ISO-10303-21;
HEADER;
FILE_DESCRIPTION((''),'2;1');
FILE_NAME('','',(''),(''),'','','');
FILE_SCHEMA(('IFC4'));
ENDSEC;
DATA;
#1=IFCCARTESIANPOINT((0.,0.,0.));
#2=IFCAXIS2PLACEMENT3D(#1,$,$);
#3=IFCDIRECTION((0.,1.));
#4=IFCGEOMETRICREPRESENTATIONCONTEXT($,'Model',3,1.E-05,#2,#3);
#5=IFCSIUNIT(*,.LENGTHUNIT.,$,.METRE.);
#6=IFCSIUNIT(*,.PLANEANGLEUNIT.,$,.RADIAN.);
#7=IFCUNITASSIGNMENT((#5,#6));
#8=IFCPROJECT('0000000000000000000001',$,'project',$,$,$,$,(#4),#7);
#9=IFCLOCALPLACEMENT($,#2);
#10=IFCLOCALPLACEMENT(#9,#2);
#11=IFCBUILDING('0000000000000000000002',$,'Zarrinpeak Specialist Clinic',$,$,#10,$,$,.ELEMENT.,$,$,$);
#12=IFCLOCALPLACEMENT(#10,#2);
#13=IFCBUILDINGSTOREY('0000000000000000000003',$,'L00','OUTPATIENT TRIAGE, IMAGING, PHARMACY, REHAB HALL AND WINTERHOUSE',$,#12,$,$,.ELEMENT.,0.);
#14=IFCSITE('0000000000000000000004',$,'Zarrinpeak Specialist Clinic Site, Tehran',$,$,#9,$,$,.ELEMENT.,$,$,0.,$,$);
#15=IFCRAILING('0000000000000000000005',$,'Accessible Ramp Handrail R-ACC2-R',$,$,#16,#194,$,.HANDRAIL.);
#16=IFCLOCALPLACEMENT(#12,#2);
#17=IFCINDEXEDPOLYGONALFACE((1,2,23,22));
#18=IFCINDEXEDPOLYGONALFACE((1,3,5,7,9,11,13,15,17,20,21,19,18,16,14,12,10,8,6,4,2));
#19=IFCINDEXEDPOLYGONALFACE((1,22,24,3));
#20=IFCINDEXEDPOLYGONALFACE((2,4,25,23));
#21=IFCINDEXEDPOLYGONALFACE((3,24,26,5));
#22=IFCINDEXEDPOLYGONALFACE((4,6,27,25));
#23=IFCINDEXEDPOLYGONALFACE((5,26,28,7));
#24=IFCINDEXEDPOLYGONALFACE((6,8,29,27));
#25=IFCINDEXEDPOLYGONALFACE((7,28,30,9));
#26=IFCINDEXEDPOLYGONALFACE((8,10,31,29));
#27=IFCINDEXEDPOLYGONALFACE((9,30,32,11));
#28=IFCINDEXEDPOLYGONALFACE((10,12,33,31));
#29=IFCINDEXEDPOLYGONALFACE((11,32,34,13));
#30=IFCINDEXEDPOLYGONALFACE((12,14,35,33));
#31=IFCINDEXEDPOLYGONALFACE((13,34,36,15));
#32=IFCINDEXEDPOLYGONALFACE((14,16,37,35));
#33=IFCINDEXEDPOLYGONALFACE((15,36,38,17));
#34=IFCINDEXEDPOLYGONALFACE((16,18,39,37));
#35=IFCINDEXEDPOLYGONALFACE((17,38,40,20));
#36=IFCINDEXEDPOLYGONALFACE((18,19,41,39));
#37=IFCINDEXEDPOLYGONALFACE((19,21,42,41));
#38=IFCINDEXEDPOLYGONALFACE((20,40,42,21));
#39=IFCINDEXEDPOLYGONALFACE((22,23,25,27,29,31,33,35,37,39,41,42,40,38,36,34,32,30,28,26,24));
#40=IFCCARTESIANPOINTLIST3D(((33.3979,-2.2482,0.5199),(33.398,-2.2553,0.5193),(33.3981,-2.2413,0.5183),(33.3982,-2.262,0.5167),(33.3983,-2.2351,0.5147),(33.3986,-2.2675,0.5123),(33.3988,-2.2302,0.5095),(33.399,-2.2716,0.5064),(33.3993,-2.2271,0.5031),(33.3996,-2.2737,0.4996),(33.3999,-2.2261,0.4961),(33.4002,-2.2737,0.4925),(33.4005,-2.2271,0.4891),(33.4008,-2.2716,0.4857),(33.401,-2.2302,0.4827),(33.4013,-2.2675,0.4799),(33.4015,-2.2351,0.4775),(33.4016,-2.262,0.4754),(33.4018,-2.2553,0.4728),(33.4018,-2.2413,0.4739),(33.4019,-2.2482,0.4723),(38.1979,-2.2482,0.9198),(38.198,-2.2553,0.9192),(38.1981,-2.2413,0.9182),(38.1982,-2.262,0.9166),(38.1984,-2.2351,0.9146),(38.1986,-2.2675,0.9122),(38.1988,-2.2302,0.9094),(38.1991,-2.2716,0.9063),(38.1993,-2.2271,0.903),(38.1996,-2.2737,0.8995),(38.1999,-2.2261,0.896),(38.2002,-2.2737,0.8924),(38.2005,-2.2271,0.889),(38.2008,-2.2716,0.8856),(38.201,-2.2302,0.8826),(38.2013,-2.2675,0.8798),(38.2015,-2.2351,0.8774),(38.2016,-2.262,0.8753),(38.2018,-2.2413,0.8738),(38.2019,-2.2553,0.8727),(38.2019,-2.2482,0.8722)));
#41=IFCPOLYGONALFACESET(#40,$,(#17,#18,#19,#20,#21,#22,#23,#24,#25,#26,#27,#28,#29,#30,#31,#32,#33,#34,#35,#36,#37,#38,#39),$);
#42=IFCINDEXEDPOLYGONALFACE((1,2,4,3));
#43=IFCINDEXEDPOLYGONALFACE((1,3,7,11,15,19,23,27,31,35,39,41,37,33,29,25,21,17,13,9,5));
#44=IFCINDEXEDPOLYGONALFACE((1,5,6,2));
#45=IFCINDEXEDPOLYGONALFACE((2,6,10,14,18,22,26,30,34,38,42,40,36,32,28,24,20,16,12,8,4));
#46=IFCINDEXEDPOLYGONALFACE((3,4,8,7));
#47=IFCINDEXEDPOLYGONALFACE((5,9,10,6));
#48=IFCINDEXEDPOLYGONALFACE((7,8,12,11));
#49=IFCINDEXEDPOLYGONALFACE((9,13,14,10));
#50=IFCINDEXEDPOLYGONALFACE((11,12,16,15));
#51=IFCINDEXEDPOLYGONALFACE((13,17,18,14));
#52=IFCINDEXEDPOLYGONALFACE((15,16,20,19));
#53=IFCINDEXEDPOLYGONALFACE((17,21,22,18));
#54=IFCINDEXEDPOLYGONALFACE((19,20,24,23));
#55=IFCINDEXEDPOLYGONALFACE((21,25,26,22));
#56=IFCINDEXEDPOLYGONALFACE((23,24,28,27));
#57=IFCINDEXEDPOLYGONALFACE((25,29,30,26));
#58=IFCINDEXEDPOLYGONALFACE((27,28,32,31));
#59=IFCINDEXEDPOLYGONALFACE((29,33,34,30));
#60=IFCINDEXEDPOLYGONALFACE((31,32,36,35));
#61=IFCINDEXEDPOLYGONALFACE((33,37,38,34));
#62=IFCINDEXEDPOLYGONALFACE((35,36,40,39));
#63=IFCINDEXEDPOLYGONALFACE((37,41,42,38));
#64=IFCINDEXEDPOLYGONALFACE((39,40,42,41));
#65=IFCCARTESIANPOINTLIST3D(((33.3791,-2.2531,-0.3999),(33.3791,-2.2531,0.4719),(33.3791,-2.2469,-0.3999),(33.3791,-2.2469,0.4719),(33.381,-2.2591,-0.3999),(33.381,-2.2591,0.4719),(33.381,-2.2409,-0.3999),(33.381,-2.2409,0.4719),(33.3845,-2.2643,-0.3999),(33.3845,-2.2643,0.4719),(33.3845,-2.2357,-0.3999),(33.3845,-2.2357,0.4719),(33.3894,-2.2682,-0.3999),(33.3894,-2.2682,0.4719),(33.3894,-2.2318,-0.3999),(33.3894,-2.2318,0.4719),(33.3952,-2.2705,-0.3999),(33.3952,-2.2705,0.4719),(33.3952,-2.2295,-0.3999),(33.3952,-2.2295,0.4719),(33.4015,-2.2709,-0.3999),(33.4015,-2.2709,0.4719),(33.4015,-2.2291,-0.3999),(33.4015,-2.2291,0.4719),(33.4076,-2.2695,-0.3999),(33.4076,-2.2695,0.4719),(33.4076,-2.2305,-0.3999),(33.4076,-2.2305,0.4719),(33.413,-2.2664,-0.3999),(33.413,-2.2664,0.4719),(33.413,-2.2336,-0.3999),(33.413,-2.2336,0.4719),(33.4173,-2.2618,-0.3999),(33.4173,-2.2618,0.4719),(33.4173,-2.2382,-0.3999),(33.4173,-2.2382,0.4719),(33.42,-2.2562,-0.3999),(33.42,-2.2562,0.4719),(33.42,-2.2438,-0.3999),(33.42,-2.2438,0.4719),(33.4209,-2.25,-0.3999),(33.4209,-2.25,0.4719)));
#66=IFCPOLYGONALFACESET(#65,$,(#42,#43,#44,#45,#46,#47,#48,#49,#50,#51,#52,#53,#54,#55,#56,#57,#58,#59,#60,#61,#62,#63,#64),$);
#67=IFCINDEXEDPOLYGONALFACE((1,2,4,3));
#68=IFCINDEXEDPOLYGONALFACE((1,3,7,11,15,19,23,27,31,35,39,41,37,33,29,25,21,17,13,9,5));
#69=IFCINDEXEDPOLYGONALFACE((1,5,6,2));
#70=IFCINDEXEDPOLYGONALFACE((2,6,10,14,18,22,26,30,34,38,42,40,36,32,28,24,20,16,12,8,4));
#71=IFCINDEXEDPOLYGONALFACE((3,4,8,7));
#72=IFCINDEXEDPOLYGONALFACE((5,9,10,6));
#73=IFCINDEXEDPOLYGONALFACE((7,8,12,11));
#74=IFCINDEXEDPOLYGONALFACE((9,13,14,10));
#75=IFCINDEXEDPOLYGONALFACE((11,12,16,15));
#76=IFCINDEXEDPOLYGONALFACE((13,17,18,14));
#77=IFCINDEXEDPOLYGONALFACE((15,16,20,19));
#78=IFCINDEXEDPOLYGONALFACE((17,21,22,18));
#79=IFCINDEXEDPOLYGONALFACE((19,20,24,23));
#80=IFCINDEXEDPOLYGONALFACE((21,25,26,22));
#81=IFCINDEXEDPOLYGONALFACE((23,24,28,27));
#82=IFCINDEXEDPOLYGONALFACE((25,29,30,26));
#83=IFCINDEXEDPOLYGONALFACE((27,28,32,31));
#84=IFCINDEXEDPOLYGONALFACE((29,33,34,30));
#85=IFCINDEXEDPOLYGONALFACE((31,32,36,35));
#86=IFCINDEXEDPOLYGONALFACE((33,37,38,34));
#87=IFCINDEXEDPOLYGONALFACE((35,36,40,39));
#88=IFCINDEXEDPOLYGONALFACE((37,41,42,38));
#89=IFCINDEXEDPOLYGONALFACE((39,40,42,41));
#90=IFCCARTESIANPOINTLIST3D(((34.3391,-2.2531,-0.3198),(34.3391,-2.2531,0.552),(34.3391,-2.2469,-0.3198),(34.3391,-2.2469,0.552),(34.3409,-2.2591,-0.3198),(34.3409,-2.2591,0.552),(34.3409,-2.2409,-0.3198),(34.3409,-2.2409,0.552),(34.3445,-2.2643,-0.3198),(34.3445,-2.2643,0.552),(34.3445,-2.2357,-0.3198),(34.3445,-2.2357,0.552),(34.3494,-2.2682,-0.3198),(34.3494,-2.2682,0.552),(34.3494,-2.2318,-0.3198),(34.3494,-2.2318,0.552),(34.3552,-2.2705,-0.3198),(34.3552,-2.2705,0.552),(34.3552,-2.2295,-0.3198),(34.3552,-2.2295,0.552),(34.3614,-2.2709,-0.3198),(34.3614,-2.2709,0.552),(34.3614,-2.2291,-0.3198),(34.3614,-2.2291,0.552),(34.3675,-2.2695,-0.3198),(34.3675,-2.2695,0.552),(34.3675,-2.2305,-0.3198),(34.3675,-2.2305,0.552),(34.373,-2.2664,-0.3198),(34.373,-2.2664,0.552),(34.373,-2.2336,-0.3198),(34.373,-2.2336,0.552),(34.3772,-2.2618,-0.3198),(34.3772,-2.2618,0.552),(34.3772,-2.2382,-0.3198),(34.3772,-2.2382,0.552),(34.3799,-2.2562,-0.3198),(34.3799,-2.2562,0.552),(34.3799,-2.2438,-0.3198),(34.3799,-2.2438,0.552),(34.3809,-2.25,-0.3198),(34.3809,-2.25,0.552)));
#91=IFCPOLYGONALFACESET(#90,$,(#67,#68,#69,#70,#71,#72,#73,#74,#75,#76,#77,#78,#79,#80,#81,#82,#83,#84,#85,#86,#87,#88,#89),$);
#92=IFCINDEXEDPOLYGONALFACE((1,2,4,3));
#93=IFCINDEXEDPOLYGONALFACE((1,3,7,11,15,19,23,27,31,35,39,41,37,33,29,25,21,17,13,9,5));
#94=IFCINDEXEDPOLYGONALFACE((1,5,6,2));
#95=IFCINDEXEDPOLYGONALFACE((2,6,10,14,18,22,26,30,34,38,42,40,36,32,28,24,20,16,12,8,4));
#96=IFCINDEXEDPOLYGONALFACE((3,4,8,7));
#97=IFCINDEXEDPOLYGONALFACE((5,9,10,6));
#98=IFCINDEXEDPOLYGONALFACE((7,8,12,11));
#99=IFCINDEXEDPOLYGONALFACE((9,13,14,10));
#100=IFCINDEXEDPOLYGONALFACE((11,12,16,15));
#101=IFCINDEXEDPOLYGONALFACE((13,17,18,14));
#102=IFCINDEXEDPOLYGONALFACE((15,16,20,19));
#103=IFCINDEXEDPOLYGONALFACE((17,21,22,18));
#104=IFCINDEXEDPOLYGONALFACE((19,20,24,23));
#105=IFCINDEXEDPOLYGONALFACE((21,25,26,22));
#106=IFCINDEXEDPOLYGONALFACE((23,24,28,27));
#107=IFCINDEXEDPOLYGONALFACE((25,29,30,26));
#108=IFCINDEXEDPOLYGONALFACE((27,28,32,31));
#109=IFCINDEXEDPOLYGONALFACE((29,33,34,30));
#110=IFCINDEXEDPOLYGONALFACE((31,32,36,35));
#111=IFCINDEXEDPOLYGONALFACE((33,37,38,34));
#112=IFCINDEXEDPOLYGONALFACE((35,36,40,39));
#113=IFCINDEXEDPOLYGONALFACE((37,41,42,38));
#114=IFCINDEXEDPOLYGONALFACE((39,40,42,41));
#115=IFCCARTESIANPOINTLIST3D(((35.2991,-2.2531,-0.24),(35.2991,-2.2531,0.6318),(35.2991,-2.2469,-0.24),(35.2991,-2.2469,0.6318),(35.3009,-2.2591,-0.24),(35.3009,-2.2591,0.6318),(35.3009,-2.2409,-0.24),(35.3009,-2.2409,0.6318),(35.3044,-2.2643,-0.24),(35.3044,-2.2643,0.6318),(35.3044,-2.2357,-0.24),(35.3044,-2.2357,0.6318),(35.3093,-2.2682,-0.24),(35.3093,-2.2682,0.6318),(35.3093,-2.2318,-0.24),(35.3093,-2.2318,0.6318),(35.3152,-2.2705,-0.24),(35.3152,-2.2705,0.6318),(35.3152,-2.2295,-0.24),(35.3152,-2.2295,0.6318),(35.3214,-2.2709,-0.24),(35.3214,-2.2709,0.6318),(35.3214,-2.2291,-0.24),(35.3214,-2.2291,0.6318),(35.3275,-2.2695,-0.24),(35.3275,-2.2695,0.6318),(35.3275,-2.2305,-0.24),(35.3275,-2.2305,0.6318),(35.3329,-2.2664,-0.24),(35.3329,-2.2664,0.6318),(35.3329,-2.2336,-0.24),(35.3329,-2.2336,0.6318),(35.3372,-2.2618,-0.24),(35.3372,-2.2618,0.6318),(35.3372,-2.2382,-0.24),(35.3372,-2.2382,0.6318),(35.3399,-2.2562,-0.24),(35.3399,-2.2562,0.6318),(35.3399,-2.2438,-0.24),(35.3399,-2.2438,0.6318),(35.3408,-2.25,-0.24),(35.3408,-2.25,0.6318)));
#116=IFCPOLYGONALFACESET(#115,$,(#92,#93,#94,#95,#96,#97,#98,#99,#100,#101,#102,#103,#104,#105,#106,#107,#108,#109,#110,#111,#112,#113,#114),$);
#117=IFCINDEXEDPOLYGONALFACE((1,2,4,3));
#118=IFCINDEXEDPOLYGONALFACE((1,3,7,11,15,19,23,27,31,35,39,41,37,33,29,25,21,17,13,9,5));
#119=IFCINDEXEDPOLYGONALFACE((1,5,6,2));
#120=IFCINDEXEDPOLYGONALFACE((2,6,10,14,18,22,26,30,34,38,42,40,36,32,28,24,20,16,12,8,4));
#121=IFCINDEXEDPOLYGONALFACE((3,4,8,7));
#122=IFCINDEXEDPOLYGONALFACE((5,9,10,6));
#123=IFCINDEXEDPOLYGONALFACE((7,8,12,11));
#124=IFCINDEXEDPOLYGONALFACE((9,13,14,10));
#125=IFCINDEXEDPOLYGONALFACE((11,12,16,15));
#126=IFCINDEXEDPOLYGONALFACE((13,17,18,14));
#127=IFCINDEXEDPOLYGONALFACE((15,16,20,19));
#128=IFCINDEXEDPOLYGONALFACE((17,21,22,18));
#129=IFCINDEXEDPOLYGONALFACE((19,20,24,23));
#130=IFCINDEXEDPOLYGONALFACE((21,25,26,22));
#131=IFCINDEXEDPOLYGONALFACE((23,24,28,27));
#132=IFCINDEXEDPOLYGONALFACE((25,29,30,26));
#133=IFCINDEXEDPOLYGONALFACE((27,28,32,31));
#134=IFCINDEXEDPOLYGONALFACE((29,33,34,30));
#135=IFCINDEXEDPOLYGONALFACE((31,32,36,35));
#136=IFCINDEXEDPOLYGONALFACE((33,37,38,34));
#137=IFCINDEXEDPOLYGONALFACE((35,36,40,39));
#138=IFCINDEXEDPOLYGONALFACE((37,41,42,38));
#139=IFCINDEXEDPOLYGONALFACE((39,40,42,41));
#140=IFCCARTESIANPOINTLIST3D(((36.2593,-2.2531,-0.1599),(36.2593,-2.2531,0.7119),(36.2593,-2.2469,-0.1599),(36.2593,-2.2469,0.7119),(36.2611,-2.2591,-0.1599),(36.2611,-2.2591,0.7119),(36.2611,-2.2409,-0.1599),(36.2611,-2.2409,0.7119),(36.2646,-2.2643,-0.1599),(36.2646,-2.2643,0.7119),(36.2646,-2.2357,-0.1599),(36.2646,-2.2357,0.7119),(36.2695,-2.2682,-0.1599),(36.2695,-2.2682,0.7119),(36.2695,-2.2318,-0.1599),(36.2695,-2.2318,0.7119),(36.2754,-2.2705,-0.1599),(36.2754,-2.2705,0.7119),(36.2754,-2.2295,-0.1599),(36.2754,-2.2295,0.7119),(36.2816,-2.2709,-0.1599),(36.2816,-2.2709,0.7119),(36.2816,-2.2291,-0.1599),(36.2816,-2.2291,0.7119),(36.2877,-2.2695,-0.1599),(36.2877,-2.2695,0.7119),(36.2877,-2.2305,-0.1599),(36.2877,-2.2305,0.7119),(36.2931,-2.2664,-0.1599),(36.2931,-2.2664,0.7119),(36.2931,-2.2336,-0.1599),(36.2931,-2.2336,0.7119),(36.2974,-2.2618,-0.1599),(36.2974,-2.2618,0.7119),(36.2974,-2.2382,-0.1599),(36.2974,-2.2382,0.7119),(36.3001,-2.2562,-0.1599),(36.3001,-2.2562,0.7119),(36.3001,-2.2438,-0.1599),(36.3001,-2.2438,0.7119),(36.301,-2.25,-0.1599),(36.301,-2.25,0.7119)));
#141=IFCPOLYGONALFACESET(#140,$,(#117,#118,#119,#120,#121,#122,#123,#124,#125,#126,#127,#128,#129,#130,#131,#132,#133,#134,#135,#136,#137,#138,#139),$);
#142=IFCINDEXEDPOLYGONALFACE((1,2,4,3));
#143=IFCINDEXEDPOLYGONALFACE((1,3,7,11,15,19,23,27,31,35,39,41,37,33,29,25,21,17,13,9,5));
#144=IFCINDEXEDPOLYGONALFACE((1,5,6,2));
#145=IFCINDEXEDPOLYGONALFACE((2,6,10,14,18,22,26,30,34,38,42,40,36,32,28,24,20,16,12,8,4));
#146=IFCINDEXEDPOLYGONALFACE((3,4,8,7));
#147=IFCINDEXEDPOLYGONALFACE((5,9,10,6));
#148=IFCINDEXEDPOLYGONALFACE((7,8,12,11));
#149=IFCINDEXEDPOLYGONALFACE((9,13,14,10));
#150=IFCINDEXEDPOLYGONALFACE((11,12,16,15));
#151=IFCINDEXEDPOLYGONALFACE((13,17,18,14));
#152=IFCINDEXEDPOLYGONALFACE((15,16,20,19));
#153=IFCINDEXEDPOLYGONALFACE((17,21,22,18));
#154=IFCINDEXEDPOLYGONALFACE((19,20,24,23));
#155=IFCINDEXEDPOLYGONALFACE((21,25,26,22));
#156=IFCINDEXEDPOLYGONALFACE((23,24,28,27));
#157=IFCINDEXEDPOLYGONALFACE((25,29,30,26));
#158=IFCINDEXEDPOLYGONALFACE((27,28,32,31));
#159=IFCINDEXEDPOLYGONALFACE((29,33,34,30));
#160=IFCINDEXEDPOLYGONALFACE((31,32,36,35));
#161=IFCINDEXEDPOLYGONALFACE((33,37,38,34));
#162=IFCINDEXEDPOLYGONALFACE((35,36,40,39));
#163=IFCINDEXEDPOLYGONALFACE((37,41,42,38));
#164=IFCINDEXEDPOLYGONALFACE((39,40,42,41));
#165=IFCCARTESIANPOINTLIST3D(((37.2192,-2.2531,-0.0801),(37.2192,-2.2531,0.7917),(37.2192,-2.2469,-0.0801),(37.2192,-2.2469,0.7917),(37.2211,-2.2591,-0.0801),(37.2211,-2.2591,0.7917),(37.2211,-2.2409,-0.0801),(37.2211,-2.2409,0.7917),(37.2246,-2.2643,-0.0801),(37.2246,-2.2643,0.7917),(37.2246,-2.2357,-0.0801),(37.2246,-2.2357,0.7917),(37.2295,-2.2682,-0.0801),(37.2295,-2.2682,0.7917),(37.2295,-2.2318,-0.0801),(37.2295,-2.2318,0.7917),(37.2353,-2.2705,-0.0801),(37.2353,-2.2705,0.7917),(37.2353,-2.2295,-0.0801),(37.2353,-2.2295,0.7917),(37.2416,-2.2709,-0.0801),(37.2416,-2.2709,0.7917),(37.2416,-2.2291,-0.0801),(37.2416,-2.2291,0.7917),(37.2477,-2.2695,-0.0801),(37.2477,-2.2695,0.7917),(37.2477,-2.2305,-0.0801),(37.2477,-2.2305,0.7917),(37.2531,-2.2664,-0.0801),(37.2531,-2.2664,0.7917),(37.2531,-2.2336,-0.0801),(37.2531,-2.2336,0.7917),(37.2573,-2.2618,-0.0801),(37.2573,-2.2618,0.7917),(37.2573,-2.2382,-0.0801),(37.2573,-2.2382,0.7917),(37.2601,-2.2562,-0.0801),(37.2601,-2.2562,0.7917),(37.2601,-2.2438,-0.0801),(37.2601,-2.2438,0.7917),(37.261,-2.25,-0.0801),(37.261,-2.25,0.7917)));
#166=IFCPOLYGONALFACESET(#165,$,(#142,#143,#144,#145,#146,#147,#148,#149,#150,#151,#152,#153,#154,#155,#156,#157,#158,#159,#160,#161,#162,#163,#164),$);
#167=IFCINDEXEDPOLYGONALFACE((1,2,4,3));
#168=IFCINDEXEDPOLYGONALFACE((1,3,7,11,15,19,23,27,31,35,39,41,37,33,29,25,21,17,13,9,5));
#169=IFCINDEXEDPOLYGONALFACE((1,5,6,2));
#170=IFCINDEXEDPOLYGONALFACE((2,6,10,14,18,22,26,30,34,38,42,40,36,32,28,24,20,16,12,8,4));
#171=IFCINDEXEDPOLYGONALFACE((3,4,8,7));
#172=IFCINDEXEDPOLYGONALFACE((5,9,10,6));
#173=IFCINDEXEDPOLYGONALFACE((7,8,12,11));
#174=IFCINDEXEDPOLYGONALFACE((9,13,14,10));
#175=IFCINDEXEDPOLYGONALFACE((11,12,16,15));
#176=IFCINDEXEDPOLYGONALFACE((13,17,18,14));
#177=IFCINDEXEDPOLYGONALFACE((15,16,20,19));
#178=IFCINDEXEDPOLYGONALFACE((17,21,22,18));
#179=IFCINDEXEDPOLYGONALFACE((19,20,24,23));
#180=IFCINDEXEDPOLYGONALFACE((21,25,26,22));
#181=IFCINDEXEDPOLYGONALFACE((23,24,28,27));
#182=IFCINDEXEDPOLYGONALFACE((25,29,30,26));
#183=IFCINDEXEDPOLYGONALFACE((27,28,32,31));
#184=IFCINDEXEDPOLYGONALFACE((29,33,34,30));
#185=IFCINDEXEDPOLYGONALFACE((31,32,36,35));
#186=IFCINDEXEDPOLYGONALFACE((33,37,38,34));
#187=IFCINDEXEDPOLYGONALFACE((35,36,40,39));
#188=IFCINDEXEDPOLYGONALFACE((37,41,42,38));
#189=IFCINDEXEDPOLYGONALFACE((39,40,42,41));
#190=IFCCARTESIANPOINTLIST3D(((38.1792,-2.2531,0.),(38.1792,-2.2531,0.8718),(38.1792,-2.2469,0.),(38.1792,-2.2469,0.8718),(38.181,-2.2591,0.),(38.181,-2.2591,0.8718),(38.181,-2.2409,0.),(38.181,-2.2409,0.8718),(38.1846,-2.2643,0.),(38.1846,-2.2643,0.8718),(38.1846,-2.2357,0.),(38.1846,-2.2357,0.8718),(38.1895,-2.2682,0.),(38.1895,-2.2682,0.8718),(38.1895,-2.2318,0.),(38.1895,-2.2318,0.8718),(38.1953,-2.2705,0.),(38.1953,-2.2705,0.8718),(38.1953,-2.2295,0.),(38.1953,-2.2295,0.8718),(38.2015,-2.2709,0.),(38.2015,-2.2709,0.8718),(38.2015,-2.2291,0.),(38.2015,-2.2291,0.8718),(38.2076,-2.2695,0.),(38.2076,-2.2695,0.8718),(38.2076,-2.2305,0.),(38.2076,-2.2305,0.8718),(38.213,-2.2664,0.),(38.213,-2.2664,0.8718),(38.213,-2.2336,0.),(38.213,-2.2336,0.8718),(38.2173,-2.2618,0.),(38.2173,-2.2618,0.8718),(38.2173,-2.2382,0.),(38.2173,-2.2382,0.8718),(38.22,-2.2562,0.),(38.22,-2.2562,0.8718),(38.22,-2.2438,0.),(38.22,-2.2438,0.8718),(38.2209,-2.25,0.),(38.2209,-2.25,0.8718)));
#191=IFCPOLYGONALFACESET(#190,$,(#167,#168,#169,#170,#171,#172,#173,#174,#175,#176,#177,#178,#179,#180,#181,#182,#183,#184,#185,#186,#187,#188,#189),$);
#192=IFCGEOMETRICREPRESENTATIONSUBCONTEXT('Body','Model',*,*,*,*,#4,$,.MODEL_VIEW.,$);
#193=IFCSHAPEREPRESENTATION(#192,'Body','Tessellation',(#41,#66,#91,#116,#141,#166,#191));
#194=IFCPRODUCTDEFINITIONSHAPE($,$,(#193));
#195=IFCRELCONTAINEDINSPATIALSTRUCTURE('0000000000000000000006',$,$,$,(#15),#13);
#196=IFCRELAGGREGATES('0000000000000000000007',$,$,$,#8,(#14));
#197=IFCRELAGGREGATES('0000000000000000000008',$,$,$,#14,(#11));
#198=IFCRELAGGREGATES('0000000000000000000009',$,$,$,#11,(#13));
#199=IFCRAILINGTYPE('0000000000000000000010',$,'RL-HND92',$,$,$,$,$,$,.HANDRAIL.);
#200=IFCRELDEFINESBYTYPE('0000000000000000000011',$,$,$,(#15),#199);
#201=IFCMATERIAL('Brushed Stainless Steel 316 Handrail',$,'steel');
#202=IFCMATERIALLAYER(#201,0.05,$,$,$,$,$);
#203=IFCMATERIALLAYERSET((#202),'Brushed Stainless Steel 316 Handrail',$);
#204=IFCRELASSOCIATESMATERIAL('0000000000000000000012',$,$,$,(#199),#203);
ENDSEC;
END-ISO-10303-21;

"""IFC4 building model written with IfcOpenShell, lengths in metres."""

from ifc_helpers import new_model, si_unit, direction, frame, origin, origin_2d, place, context, subcontext, project, spatial, circle, extrude, material, layer, layer_set, type_object, element, save


model = new_model("IFC4")

# Units and contexts
model_context = context("Model", 3, precision=1e-05, world=origin(), true_north=direction((0.0, 1.0)))
body_context = subcontext(model_context, "Body", "Model", "MODEL_VIEW")
ifc_project = project(units=[si_unit("LENGTHUNIT", "METRE"), si_unit("PLANEANGLEUNIT", "RADIAN")], contexts=[model_context])

# Site, building, storey
site_placement = place(None, origin())
site = spatial("IfcSite", under=ifc_project, at=site_placement, Name="Zarrinpeak Specialist Clinic Site, Tehran", CompositionType="ELEMENT", RefElevation=0.0)
building_placement = place(site_placement, origin())
building = spatial("IfcBuilding", under=site, at=building_placement, Name="Zarrinpeak Specialist Clinic", CompositionType="ELEMENT")
storey_placement = place(building_placement, origin())
storey = spatial("IfcBuildingStorey", under=building, at=storey_placement, Name="L00", Description="OUTPATIENT TRIAGE, IMAGING, PHARMACY, REHAB HALL AND WINTERHOUSE", CompositionType="ELEMENT", Elevation=0.0)

# Railing
ifc_material_1 = material(Name="Brushed Stainless Steel 316 Handrail", Category="steel")
ifc_layer_1 = layer(ifc_material_1, 0.05)
ifc_layer_set_1 = layer_set([ifc_layer_1], Name="Brushed Stainless Steel 316 Handrail")
railing_type_1 = type_object("IfcRailingType", Name="RL-HND92", PredefinedType="HANDRAIL", material=ifc_layer_set_1)
for number, where, name in (
    (1, (33.3999, -2.25, -0.3999), "Accessible Ramp Handrail R-ACC2-R"),
):
    element("IfcRailing", number, at=place(storey_placement, frame(where)), inside=storey, type_object=railing_type_1, Name=name, PredefinedType="HANDRAIL", context=body_context, shape_type="SweptSolid", body=[
        extrude(circle(Radius=0.0239, at=origin_2d()), frame((0.0, 0.0, 0.896), z_axis=(0.996548, 0.0, 0.083025), x_axis=(0.0, 1.0, 0.0)), (0.0, 0.0, 1.0), 4.8167),
        extrude(circle(Radius=0.021, at=origin_2d()), origin(), (0.0, 0.0, 1.0), 0.8718),
        extrude(circle(Radius=0.021, at=origin_2d()), frame((0.96, 0.0, 0.0801)), (0.0, 0.0, 1.0), 0.8718),
        extrude(circle(Radius=0.021, at=origin_2d()), frame((1.9199, 0.0, 0.1599)), (0.0, 0.0, 1.0), 0.8718),
        extrude(circle(Radius=0.021, at=origin_2d()), frame((2.8801, 0.0, 0.24)), (0.0, 0.0, 1.0), 0.8718),
        extrude(circle(Radius=0.021, at=origin_2d()), frame((3.8401, 0.0, 0.3198)), (0.0, 0.0, 1.0), 0.8718),
        extrude(circle(Radius=0.021, at=origin_2d()), frame((4.8, 0.0, 0.3999)), (0.0, 0.0, 1.0), 0.8718),
    ])

save(model, "model.ifc")
